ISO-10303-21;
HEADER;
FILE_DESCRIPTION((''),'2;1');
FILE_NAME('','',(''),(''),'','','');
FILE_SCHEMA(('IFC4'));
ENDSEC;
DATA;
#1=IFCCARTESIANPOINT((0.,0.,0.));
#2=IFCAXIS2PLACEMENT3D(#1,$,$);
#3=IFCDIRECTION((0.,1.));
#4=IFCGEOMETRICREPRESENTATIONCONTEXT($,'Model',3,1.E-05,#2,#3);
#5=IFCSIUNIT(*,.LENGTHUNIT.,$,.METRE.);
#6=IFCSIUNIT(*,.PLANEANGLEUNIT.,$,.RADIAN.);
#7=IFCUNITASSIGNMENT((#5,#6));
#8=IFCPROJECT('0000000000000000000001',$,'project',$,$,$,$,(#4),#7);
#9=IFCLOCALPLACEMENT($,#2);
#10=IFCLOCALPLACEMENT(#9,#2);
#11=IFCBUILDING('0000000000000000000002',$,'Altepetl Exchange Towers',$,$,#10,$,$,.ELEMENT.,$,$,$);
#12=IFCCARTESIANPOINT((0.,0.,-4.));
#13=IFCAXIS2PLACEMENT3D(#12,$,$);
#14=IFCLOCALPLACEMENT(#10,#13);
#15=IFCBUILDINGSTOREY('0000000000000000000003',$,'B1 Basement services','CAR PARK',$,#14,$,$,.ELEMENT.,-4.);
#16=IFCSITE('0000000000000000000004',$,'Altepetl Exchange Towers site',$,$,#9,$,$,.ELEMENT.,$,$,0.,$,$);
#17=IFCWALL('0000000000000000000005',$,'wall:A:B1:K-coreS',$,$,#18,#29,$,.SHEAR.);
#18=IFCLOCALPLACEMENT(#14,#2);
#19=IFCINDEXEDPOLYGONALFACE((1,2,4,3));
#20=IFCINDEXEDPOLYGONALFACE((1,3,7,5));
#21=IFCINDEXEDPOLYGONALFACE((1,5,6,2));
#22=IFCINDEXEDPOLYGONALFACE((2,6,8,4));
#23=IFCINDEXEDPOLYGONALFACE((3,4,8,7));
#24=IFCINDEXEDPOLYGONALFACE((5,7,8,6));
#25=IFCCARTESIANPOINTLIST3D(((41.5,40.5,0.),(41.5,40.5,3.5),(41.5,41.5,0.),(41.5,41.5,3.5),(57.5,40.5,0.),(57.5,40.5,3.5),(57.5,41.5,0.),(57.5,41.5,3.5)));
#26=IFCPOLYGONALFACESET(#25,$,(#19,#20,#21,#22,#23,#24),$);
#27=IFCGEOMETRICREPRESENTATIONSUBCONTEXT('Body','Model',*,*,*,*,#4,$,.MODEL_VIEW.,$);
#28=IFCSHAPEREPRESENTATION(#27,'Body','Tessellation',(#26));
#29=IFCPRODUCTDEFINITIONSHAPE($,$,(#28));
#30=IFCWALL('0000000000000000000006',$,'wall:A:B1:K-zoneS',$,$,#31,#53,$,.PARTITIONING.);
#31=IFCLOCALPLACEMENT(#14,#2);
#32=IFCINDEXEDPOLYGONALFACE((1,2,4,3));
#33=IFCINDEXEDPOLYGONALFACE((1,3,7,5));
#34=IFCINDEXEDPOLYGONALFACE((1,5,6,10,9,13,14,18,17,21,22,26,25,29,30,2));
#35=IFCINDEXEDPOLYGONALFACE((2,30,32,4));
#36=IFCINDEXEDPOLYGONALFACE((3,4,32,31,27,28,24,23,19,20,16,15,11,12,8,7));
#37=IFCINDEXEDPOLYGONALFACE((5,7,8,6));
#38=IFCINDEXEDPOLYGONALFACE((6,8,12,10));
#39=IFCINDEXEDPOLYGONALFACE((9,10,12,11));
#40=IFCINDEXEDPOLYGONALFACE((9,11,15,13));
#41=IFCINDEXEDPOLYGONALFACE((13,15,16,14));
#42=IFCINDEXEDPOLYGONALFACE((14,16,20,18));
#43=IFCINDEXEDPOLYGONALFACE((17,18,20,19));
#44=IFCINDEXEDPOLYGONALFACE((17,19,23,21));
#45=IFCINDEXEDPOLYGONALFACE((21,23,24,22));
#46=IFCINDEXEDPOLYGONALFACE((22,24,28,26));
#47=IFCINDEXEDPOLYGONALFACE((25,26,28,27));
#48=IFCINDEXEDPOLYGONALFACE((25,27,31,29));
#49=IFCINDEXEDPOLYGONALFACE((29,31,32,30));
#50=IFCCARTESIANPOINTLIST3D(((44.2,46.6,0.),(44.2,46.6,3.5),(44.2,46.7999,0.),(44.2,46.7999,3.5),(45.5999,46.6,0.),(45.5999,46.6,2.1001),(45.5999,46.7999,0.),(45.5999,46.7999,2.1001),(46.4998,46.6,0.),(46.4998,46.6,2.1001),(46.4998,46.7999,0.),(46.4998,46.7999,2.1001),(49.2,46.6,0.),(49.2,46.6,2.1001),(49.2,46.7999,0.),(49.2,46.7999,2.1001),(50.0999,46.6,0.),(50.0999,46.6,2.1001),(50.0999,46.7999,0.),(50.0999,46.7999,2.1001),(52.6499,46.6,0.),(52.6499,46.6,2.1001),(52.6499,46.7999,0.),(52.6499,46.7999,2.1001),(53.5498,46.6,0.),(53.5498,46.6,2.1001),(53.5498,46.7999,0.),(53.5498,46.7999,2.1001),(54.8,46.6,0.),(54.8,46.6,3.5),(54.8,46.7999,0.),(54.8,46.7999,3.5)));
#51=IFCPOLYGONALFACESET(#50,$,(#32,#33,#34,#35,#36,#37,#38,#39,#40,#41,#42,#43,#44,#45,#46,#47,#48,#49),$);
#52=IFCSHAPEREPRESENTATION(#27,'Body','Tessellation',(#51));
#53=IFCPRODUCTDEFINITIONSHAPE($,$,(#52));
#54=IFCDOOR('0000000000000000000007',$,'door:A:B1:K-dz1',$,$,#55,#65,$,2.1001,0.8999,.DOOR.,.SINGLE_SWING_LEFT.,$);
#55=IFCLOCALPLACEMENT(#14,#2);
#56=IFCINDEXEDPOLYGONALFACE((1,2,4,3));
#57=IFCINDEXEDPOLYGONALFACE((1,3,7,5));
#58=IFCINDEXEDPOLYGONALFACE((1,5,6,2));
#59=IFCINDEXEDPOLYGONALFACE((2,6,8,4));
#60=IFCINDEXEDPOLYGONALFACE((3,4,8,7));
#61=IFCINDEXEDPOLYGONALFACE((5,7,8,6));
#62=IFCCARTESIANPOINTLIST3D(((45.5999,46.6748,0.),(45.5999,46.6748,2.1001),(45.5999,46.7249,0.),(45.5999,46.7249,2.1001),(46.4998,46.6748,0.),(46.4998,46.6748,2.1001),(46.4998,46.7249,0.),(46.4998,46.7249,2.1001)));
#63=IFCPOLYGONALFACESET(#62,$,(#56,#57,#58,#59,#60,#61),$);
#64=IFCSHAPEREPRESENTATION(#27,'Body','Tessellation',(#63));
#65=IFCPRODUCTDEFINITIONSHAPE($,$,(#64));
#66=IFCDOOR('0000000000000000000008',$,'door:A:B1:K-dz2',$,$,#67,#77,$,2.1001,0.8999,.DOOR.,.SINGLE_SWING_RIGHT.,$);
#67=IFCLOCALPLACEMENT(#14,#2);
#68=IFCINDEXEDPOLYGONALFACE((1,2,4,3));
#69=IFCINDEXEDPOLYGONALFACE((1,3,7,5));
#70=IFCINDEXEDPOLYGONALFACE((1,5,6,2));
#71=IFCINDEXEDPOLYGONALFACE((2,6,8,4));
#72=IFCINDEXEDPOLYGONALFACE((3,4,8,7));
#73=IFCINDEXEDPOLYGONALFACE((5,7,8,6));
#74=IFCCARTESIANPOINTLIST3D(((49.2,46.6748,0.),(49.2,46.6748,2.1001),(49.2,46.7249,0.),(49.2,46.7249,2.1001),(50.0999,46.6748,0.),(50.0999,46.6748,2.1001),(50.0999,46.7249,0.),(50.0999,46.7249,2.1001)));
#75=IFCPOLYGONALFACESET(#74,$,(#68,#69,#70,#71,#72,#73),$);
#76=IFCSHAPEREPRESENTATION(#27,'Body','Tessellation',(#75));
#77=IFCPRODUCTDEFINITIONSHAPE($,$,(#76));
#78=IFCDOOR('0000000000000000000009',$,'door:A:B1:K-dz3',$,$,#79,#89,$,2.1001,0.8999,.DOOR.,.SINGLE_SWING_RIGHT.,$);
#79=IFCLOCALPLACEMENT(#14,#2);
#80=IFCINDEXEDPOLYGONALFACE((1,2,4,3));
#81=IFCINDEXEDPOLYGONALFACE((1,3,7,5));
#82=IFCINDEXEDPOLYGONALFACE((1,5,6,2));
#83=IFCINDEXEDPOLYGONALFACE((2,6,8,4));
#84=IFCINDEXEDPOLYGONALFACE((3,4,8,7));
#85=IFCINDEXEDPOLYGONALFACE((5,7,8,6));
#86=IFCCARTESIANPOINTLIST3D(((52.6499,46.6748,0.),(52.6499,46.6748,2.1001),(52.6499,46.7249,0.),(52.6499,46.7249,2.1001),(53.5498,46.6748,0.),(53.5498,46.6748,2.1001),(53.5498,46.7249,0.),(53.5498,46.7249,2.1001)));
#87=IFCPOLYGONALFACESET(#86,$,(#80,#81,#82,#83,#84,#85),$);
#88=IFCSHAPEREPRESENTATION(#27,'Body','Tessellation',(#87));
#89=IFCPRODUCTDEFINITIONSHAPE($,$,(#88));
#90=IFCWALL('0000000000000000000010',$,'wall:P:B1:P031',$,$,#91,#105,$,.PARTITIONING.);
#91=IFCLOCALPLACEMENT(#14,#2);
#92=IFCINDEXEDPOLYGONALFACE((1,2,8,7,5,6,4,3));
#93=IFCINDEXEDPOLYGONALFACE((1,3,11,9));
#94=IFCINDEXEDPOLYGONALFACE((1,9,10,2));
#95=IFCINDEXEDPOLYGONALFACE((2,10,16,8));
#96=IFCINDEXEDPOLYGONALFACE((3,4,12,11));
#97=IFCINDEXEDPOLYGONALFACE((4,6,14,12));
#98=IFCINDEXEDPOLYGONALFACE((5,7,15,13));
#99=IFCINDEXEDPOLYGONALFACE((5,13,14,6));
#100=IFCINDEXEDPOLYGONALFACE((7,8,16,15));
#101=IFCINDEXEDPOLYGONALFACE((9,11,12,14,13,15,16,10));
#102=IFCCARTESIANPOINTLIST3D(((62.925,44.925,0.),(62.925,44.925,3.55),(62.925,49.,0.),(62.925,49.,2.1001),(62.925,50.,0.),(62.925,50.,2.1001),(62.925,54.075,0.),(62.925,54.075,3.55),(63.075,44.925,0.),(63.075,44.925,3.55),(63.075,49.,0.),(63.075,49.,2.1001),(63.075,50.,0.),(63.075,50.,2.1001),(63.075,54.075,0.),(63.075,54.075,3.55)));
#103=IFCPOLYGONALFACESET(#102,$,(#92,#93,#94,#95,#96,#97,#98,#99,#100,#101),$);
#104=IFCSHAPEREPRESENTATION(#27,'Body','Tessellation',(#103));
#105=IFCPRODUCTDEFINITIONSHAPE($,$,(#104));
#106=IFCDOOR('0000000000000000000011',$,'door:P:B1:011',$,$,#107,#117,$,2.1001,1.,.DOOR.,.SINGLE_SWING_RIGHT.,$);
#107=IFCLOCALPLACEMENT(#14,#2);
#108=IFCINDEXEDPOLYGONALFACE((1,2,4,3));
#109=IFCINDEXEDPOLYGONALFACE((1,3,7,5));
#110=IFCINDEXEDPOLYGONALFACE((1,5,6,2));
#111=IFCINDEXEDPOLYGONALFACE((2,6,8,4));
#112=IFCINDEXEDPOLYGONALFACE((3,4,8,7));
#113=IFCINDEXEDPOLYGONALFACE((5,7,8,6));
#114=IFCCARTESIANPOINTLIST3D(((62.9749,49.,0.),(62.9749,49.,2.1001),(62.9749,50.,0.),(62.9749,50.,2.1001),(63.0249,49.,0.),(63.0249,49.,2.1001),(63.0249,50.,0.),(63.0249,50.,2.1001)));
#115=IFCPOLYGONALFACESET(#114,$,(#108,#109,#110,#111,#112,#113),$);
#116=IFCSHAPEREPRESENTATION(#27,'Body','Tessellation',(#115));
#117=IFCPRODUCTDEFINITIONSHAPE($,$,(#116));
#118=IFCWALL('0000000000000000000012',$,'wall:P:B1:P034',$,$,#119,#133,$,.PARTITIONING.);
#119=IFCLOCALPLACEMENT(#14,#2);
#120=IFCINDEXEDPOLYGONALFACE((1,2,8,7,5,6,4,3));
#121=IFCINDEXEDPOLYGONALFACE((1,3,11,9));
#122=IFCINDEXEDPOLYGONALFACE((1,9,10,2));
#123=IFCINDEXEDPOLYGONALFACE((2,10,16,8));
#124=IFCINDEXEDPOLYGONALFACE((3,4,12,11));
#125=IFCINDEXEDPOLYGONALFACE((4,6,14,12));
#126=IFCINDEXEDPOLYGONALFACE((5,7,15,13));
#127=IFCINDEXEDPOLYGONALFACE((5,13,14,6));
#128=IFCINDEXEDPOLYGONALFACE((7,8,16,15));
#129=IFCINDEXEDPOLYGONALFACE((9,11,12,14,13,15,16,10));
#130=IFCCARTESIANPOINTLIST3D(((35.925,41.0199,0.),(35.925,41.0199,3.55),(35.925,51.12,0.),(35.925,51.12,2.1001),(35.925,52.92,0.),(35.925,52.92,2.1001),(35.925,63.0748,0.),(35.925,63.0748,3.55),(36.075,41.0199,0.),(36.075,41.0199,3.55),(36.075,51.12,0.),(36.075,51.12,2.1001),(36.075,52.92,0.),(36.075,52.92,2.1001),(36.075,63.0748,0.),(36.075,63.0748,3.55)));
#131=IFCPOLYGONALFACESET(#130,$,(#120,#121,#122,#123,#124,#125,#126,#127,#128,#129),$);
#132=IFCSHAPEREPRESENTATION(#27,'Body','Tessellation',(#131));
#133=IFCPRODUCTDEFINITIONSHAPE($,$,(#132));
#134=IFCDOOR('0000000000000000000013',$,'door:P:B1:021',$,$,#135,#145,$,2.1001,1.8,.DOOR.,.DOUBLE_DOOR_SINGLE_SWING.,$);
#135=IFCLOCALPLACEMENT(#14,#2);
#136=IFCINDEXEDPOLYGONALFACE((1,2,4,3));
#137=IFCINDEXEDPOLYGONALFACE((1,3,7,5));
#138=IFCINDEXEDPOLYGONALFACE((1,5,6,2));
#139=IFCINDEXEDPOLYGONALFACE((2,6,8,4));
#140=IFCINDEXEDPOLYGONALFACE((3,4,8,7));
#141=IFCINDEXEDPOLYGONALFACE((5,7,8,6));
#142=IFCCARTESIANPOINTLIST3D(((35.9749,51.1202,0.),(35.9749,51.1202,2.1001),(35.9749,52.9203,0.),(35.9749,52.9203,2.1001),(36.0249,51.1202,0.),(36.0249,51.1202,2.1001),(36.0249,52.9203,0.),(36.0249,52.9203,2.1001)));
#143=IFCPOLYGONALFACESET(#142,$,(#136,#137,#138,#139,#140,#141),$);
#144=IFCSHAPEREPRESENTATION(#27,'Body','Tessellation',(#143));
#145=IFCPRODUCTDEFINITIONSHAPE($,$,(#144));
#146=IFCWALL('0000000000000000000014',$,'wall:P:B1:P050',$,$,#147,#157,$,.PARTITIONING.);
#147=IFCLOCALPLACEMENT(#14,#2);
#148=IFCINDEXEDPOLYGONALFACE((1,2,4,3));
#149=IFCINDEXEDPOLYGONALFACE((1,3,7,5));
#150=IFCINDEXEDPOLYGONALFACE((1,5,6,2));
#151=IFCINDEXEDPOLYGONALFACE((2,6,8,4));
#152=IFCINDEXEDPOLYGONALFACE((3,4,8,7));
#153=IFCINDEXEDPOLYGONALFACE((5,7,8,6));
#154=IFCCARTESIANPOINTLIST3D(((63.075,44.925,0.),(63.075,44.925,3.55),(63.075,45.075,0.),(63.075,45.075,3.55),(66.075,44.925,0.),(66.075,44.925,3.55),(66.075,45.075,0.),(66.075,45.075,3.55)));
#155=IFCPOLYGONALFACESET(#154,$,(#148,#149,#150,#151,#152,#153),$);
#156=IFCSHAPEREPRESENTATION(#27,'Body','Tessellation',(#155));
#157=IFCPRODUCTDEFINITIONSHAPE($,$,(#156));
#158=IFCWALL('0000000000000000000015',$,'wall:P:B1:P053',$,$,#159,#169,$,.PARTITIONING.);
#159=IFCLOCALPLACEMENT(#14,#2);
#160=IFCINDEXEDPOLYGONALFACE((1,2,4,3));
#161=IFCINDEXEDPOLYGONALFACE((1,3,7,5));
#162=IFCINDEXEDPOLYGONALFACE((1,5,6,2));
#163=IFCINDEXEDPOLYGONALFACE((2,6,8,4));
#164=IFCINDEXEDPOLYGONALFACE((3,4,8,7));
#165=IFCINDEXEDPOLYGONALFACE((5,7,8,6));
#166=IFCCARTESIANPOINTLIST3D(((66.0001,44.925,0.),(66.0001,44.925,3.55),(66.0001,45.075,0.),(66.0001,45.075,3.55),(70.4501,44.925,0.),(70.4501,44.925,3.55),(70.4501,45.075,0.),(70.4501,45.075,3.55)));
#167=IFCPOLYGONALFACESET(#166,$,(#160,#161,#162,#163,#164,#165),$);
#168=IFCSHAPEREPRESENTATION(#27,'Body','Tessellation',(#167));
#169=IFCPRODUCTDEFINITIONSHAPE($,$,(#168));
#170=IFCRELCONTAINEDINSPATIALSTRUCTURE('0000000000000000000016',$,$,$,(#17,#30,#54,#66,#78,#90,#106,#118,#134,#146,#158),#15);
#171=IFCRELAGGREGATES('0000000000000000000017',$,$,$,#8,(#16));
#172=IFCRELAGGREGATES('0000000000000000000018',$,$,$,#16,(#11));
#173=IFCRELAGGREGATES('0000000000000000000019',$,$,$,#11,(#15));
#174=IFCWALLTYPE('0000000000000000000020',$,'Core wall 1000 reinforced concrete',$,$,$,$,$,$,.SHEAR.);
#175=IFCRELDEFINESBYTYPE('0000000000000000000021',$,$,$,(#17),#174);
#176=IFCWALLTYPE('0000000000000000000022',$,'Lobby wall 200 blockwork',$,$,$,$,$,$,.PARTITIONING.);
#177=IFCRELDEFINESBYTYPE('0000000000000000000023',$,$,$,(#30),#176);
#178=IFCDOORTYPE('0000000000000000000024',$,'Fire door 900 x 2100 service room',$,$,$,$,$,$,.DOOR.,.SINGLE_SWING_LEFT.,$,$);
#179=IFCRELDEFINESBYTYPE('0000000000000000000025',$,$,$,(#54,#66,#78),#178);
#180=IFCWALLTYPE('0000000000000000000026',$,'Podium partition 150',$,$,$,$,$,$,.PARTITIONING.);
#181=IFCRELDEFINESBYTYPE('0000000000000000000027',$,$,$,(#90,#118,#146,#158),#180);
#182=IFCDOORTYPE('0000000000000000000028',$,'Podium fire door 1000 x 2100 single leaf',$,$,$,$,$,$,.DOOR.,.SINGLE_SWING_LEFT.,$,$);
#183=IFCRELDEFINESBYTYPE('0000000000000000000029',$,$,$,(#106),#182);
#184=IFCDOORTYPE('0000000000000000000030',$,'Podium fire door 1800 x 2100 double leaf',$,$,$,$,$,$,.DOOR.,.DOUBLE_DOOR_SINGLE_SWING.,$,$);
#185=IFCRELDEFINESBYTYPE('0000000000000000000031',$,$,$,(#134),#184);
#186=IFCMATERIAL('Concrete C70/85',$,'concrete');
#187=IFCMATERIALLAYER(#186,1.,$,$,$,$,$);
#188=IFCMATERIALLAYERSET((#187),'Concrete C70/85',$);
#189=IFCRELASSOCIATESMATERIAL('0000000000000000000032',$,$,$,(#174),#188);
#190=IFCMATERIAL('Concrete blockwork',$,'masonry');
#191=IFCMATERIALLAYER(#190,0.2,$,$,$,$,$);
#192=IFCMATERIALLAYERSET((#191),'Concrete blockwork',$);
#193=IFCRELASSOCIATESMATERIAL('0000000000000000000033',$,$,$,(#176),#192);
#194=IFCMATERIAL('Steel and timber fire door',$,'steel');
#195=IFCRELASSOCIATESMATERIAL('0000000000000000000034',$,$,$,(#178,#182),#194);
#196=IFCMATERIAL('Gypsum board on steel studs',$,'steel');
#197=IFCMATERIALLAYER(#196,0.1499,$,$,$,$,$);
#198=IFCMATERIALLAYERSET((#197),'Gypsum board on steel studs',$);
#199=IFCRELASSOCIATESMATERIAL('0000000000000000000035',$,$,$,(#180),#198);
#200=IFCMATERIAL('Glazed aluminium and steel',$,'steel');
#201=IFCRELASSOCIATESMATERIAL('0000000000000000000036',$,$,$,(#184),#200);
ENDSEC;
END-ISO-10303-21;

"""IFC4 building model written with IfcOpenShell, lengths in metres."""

from ifc_helpers import new_model, si_unit, direction, frame, frame_2d, origin, place, context, subcontext, project, spatial, rectangle, extrude, material, layer, layer_set, type_object, element, fill, save


model = new_model("IFC4")

# Units and contexts
model_context = context("Model", 3, precision=1e-05, world=origin(), true_north=direction((0.0, 1.0)))
body_context = subcontext(model_context, "Body", "Model", "MODEL_VIEW")
ifc_project = project(units=[si_unit("LENGTHUNIT", "METRE"), si_unit("PLANEANGLEUNIT", "RADIAN")], contexts=[model_context])

# Site, building, storey
site_placement = place(None, origin())
site = spatial("IfcSite", under=ifc_project, at=site_placement, Name="Altepetl Exchange Towers site", CompositionType="ELEMENT", RefElevation=0.0)
building_placement = place(site_placement, origin())
building = spatial("IfcBuilding", under=site, at=building_placement, Name="Altepetl Exchange Towers", CompositionType="ELEMENT")
storey_placement = place(building_placement, frame((0.0, 0.0, -4.0)))
storey = spatial("IfcBuildingStorey", under=building, at=storey_placement, Name="B1 Basement services", Description="CAR PARK", CompositionType="ELEMENT", Elevation=-4.0)

# Wall
ifc_material_1 = material(Name="Concrete C70/85", Category="concrete")
ifc_layer_1 = layer(ifc_material_1, 1.0)
ifc_layer_set_1 = layer_set([ifc_layer_1], Name="Concrete C70/85")
wall_type_1 = type_object("IfcWallType", Name="Core wall 1000 reinforced concrete", PredefinedType="SHEAR", material=ifc_layer_set_1)
wall_1_placement = place(storey_placement, frame((41.5, 41.0, 0.0)))
element("IfcWall", 1, at=wall_1_placement, inside=storey, type_object=wall_type_1, Name="wall:A:B1:K-coreS", PredefinedType="SHEAR", context=body_context, shape_type="SweptSolid", body=[
    extrude(rectangle(XDim=16.0, YDim=1.0, at=frame_2d((8.0, 0.0))), origin(), (0.0, 0.0, 1.0), 3.5),
])

# Wall, openings, doors
ifc_material_2 = material(Name="Concrete blockwork", Category="masonry")
ifc_layer_2 = layer(ifc_material_2, 0.2)
ifc_layer_set_2 = layer_set([ifc_layer_2], Name="Concrete blockwork")
wall_type_2 = type_object("IfcWallType", Name="Lobby wall 200 blockwork", PredefinedType="PARTITIONING", material=ifc_layer_set_2)
wall_2_placement = place(storey_placement, frame((44.2, 46.7, 0.0)))
wall_2 = element("IfcWall", 2, at=wall_2_placement, inside=storey, type_object=wall_type_2, Name="wall:A:B1:K-zoneS", PredefinedType="PARTITIONING", context=body_context, shape_type="SweptSolid", body=[
    extrude(rectangle(XDim=10.6001, YDim=0.2, at=frame_2d((5.3, 0.0))), origin(), (0.0, 0.0, 1.0), 3.5),
])
opening_1_placement = place(wall_2_placement, frame((1.3999, 0.0, 0.0)))
opening_1 = element("IfcOpeningElement", 3, at=opening_1_placement, cuts=wall_2, PredefinedType="OPENING", context=body_context, shape_type="SweptSolid", body=[
    extrude(rectangle(XDim=0.8999, YDim=2.1001, at=frame_2d((0.45, 1.05))), frame((0.0, 0.1099, 0.0), z_axis=(0.0, -1.0, 0.0), x_axis=(1.0, 0.0, 0.0)), (0.0, 0.0, 1.0), 0.22),
])
opening_2_placement = place(wall_2_placement, frame((5.0, 0.0, 0.0)))
opening_2 = element("IfcOpeningElement", 4, at=opening_2_placement, cuts=wall_2, PredefinedType="OPENING", context=body_context, shape_type="SweptSolid", body=[
    extrude(rectangle(XDim=0.8999, YDim=2.1001, at=frame_2d((0.45, 1.05))), frame((0.0, 0.1099, 0.0), z_axis=(0.0, -1.0, 0.0), x_axis=(1.0, 0.0, 0.0)), (0.0, 0.0, 1.0), 0.22),
])
opening_3_placement = place(wall_2_placement, frame((8.45, 0.0, 0.0)))
opening_3 = element("IfcOpeningElement", 5, at=opening_3_placement, cuts=wall_2, PredefinedType="OPENING", context=body_context, shape_type="SweptSolid", body=[
    extrude(rectangle(XDim=0.8999, YDim=2.1001, at=frame_2d((0.45, 1.05))), frame((0.0, 0.1099, 0.0), z_axis=(0.0, -1.0, 0.0), x_axis=(1.0, 0.0, 0.0)), (0.0, 0.0, 1.0), 0.22),
])
ifc_material_3 = material(Name="Steel and timber fire door", Category="steel")
door_type_1 = type_object("IfcDoorType", Name="Fire door 900 x 2100 service room", OperationType="SINGLE_SWING_LEFT", PredefinedType="DOOR", material=ifc_material_3)
door_1_placement = place(opening_1_placement, origin())
door_1 = element("IfcDoor", 6, at=door_1_placement, inside=storey, type_object=door_type_1, Name="door:A:B1:K-dz1", OperationType="SINGLE_SWING_LEFT", OverallHeight=2.1001, OverallWidth=0.8999, PredefinedType="DOOR", context=body_context, shape_type="SweptSolid", body=[
    extrude(rectangle(XDim=0.8999, YDim=2.1001, at=frame_2d((0.45, 1.05))), frame((0.0, 0.0249, 0.0), z_axis=(0.0, -1.0, 0.0), x_axis=(1.0, 0.0, 0.0)), (0.0, 0.0, 1.0), 0.05),
])
fill(opening_1, door_1)
door_2_placement = place(opening_2_placement, origin())
door_2 = element("IfcDoor", 7, at=door_2_placement, inside=storey, type_object=door_type_1, Name="door:A:B1:K-dz2", OperationType="SINGLE_SWING_RIGHT", OverallHeight=2.1001, OverallWidth=0.8999, PredefinedType="DOOR", context=body_context, shape_type="SweptSolid", body=[
    extrude(rectangle(XDim=0.8999, YDim=2.1001, at=frame_2d((0.45, 1.05))), frame((0.0, 0.0249, 0.0), z_axis=(0.0, -1.0, 0.0), x_axis=(1.0, 0.0, 0.0)), (0.0, 0.0, 1.0), 0.05),
])
fill(opening_2, door_2)
door_3_placement = place(opening_3_placement, origin())
door_3 = element("IfcDoor", 8, at=door_3_placement, inside=storey, type_object=door_type_1, Name="door:A:B1:K-dz3", OperationType="SINGLE_SWING_RIGHT", OverallHeight=2.1001, OverallWidth=0.8999, PredefinedType="DOOR", context=body_context, shape_type="SweptSolid", body=[
    extrude(rectangle(XDim=0.8999, YDim=2.1001, at=frame_2d((0.45, 1.05))), frame((0.0, 0.0249, 0.0), z_axis=(0.0, -1.0, 0.0), x_axis=(1.0, 0.0, 0.0)), (0.0, 0.0, 1.0), 0.05),
])
fill(opening_3, door_3)

# Walls, openings, doors
ifc_material_4 = material(Name="Gypsum board on steel studs", Category="steel")
ifc_layer_3 = layer(ifc_material_4, 0.1499)
ifc_layer_set_3 = layer_set([ifc_layer_3], Name="Gypsum board on steel studs")
wall_type_3 = type_object("IfcWallType", Name="Podium partition 150", PredefinedType="PARTITIONING", material=ifc_layer_set_3)
wall_3_placement = place(storey_placement, frame((63.0, 44.925, 0.0), z_axis=(0.0, 0.0, 1.0), x_axis=(0.0, 1.0, 0.0)))
wall_3 = element("IfcWall", 9, at=wall_3_placement, inside=storey, type_object=wall_type_3, Name="wall:P:B1:P031", PredefinedType="PARTITIONING", context=body_context, shape_type="SweptSolid", body=[
    extrude(rectangle(XDim=9.1499, YDim=0.1499, at=frame_2d((4.575, 0.0))), origin(), (0.0, 0.0, 1.0), 3.55),
])
opening_4_placement = place(wall_3_placement, frame((4.075, 0.0, 0.0)))
opening_4 = element("IfcOpeningElement", 10, at=opening_4_placement, cuts=wall_3, PredefinedType="OPENING", context=body_context, shape_type="SweptSolid", body=[
    extrude(rectangle(XDim=1.0, YDim=2.1001, at=frame_2d((0.5, 1.05))), frame((0.0, 0.085, 0.0), z_axis=(0.0, -1.0, 0.0), x_axis=(1.0, 0.0, 0.0)), (0.0, 0.0, 1.0), 0.1699),
])
door_type_2 = type_object("IfcDoorType", Name="Podium fire door 1000 x 2100 single leaf", OperationType="SINGLE_SWING_LEFT", PredefinedType="DOOR", material=ifc_material_3)
door_4_placement = place(opening_4_placement, frame((1.0, 0.0, 0.0), x_axis=(-1.0, 0.0, 0.0)))
door_4 = element("IfcDoor", 11, at=door_4_placement, inside=storey, type_object=door_type_2, Name="door:P:B1:011", OperationType="SINGLE_SWING_RIGHT", OverallHeight=2.1001, OverallWidth=1.0, PredefinedType="DOOR", context=body_context, shape_type="SweptSolid", body=[
    extrude(rectangle(XDim=1.0, YDim=2.1001, at=frame_2d((0.5, 1.05))), frame((0.0, 0.0249, 0.0), z_axis=(0.0, -1.0, 0.0), x_axis=(1.0, 0.0, 0.0)), (0.0, 0.0, 1.0), 0.05),
])
fill(opening_4, door_4)
wall_4_placement = place(storey_placement, frame((36.0, 41.02, 0.0), z_axis=(0.0, 0.0, 1.0), x_axis=(0.0, 1.0, 0.0)))
wall_4 = element("IfcWall", 12, at=wall_4_placement, inside=storey, type_object=wall_type_3, Name="wall:P:B1:P034", PredefinedType="PARTITIONING", context=body_context, shape_type="SweptSolid", body=[
    extrude(rectangle(XDim=22.0549, YDim=0.1499, at=frame_2d((11.0273, 0.0))), origin(), (0.0, 0.0, 1.0), 3.55),
])
opening_5_placement = place(wall_4_placement, frame((10.1001, 0.0, 0.0)))
opening_5 = element("IfcOpeningElement", 13, at=opening_5_placement, cuts=wall_4, PredefinedType="OPENING", context=body_context, shape_type="SweptSolid", body=[
    extrude(rectangle(XDim=1.8, YDim=2.1001, at=frame_2d((0.8999, 1.05))), frame((0.0, 0.085, 0.0), z_axis=(0.0, -1.0, 0.0), x_axis=(1.0, 0.0, 0.0)), (0.0, 0.0, 1.0), 0.1699),
])
ifc_material_5 = material(Name="Glazed aluminium and steel", Category="steel")
door_type_3 = type_object("IfcDoorType", Name="Podium fire door 1800 x 2100 double leaf", OperationType="DOUBLE_DOOR_SINGLE_SWING", PredefinedType="DOOR", material=ifc_material_5)
door_5_placement = place(opening_5_placement, frame((1.8, 0.0, 0.0), x_axis=(-1.0, 0.0, 0.0)))
door_5 = element("IfcDoor", 14, at=door_5_placement, inside=storey, type_object=door_type_3, Name="door:P:B1:021", OperationType="DOUBLE_DOOR_SINGLE_SWING", OverallHeight=2.1001, OverallWidth=1.8, PredefinedType="DOOR", context=body_context, shape_type="SweptSolid", body=[
    extrude(rectangle(XDim=1.8, YDim=2.1001, at=frame_2d((0.8999, 1.05))), frame((0.0, 0.0249, 0.0), z_axis=(0.0, -1.0, 0.0), x_axis=(1.0, 0.0, 0.0)), (0.0, 0.0, 1.0), 0.05),
])
fill(opening_5, door_5)

# Walls
wall_5_placement = place(storey_placement, frame((63.075, 45.0, 0.0)))
element("IfcWall", 15, at=wall_5_placement, inside=storey, type_object=wall_type_3, Name="wall:P:B1:P050", PredefinedType="PARTITIONING", context=body_context, shape_type="SweptSolid", body=[
    extrude(rectangle(XDim=3.0, YDim=0.1499, at=frame_2d((1.5, 0.0))), origin(), (0.0, 0.0, 1.0), 3.55),
])
wall_6_placement = place(storey_placement, frame((66.0, 45.0, 0.0)))
element("IfcWall", 16, at=wall_6_placement, inside=storey, type_object=wall_type_3, Name="wall:P:B1:P053", PredefinedType="PARTITIONING", context=body_context, shape_type="SweptSolid", body=[
    extrude(rectangle(XDim=4.45, YDim=0.1499, at=frame_2d((2.2251, 0.0))), origin(), (0.0, 0.0, 1.0), 3.55),
])

save(model, "model.ifc")
